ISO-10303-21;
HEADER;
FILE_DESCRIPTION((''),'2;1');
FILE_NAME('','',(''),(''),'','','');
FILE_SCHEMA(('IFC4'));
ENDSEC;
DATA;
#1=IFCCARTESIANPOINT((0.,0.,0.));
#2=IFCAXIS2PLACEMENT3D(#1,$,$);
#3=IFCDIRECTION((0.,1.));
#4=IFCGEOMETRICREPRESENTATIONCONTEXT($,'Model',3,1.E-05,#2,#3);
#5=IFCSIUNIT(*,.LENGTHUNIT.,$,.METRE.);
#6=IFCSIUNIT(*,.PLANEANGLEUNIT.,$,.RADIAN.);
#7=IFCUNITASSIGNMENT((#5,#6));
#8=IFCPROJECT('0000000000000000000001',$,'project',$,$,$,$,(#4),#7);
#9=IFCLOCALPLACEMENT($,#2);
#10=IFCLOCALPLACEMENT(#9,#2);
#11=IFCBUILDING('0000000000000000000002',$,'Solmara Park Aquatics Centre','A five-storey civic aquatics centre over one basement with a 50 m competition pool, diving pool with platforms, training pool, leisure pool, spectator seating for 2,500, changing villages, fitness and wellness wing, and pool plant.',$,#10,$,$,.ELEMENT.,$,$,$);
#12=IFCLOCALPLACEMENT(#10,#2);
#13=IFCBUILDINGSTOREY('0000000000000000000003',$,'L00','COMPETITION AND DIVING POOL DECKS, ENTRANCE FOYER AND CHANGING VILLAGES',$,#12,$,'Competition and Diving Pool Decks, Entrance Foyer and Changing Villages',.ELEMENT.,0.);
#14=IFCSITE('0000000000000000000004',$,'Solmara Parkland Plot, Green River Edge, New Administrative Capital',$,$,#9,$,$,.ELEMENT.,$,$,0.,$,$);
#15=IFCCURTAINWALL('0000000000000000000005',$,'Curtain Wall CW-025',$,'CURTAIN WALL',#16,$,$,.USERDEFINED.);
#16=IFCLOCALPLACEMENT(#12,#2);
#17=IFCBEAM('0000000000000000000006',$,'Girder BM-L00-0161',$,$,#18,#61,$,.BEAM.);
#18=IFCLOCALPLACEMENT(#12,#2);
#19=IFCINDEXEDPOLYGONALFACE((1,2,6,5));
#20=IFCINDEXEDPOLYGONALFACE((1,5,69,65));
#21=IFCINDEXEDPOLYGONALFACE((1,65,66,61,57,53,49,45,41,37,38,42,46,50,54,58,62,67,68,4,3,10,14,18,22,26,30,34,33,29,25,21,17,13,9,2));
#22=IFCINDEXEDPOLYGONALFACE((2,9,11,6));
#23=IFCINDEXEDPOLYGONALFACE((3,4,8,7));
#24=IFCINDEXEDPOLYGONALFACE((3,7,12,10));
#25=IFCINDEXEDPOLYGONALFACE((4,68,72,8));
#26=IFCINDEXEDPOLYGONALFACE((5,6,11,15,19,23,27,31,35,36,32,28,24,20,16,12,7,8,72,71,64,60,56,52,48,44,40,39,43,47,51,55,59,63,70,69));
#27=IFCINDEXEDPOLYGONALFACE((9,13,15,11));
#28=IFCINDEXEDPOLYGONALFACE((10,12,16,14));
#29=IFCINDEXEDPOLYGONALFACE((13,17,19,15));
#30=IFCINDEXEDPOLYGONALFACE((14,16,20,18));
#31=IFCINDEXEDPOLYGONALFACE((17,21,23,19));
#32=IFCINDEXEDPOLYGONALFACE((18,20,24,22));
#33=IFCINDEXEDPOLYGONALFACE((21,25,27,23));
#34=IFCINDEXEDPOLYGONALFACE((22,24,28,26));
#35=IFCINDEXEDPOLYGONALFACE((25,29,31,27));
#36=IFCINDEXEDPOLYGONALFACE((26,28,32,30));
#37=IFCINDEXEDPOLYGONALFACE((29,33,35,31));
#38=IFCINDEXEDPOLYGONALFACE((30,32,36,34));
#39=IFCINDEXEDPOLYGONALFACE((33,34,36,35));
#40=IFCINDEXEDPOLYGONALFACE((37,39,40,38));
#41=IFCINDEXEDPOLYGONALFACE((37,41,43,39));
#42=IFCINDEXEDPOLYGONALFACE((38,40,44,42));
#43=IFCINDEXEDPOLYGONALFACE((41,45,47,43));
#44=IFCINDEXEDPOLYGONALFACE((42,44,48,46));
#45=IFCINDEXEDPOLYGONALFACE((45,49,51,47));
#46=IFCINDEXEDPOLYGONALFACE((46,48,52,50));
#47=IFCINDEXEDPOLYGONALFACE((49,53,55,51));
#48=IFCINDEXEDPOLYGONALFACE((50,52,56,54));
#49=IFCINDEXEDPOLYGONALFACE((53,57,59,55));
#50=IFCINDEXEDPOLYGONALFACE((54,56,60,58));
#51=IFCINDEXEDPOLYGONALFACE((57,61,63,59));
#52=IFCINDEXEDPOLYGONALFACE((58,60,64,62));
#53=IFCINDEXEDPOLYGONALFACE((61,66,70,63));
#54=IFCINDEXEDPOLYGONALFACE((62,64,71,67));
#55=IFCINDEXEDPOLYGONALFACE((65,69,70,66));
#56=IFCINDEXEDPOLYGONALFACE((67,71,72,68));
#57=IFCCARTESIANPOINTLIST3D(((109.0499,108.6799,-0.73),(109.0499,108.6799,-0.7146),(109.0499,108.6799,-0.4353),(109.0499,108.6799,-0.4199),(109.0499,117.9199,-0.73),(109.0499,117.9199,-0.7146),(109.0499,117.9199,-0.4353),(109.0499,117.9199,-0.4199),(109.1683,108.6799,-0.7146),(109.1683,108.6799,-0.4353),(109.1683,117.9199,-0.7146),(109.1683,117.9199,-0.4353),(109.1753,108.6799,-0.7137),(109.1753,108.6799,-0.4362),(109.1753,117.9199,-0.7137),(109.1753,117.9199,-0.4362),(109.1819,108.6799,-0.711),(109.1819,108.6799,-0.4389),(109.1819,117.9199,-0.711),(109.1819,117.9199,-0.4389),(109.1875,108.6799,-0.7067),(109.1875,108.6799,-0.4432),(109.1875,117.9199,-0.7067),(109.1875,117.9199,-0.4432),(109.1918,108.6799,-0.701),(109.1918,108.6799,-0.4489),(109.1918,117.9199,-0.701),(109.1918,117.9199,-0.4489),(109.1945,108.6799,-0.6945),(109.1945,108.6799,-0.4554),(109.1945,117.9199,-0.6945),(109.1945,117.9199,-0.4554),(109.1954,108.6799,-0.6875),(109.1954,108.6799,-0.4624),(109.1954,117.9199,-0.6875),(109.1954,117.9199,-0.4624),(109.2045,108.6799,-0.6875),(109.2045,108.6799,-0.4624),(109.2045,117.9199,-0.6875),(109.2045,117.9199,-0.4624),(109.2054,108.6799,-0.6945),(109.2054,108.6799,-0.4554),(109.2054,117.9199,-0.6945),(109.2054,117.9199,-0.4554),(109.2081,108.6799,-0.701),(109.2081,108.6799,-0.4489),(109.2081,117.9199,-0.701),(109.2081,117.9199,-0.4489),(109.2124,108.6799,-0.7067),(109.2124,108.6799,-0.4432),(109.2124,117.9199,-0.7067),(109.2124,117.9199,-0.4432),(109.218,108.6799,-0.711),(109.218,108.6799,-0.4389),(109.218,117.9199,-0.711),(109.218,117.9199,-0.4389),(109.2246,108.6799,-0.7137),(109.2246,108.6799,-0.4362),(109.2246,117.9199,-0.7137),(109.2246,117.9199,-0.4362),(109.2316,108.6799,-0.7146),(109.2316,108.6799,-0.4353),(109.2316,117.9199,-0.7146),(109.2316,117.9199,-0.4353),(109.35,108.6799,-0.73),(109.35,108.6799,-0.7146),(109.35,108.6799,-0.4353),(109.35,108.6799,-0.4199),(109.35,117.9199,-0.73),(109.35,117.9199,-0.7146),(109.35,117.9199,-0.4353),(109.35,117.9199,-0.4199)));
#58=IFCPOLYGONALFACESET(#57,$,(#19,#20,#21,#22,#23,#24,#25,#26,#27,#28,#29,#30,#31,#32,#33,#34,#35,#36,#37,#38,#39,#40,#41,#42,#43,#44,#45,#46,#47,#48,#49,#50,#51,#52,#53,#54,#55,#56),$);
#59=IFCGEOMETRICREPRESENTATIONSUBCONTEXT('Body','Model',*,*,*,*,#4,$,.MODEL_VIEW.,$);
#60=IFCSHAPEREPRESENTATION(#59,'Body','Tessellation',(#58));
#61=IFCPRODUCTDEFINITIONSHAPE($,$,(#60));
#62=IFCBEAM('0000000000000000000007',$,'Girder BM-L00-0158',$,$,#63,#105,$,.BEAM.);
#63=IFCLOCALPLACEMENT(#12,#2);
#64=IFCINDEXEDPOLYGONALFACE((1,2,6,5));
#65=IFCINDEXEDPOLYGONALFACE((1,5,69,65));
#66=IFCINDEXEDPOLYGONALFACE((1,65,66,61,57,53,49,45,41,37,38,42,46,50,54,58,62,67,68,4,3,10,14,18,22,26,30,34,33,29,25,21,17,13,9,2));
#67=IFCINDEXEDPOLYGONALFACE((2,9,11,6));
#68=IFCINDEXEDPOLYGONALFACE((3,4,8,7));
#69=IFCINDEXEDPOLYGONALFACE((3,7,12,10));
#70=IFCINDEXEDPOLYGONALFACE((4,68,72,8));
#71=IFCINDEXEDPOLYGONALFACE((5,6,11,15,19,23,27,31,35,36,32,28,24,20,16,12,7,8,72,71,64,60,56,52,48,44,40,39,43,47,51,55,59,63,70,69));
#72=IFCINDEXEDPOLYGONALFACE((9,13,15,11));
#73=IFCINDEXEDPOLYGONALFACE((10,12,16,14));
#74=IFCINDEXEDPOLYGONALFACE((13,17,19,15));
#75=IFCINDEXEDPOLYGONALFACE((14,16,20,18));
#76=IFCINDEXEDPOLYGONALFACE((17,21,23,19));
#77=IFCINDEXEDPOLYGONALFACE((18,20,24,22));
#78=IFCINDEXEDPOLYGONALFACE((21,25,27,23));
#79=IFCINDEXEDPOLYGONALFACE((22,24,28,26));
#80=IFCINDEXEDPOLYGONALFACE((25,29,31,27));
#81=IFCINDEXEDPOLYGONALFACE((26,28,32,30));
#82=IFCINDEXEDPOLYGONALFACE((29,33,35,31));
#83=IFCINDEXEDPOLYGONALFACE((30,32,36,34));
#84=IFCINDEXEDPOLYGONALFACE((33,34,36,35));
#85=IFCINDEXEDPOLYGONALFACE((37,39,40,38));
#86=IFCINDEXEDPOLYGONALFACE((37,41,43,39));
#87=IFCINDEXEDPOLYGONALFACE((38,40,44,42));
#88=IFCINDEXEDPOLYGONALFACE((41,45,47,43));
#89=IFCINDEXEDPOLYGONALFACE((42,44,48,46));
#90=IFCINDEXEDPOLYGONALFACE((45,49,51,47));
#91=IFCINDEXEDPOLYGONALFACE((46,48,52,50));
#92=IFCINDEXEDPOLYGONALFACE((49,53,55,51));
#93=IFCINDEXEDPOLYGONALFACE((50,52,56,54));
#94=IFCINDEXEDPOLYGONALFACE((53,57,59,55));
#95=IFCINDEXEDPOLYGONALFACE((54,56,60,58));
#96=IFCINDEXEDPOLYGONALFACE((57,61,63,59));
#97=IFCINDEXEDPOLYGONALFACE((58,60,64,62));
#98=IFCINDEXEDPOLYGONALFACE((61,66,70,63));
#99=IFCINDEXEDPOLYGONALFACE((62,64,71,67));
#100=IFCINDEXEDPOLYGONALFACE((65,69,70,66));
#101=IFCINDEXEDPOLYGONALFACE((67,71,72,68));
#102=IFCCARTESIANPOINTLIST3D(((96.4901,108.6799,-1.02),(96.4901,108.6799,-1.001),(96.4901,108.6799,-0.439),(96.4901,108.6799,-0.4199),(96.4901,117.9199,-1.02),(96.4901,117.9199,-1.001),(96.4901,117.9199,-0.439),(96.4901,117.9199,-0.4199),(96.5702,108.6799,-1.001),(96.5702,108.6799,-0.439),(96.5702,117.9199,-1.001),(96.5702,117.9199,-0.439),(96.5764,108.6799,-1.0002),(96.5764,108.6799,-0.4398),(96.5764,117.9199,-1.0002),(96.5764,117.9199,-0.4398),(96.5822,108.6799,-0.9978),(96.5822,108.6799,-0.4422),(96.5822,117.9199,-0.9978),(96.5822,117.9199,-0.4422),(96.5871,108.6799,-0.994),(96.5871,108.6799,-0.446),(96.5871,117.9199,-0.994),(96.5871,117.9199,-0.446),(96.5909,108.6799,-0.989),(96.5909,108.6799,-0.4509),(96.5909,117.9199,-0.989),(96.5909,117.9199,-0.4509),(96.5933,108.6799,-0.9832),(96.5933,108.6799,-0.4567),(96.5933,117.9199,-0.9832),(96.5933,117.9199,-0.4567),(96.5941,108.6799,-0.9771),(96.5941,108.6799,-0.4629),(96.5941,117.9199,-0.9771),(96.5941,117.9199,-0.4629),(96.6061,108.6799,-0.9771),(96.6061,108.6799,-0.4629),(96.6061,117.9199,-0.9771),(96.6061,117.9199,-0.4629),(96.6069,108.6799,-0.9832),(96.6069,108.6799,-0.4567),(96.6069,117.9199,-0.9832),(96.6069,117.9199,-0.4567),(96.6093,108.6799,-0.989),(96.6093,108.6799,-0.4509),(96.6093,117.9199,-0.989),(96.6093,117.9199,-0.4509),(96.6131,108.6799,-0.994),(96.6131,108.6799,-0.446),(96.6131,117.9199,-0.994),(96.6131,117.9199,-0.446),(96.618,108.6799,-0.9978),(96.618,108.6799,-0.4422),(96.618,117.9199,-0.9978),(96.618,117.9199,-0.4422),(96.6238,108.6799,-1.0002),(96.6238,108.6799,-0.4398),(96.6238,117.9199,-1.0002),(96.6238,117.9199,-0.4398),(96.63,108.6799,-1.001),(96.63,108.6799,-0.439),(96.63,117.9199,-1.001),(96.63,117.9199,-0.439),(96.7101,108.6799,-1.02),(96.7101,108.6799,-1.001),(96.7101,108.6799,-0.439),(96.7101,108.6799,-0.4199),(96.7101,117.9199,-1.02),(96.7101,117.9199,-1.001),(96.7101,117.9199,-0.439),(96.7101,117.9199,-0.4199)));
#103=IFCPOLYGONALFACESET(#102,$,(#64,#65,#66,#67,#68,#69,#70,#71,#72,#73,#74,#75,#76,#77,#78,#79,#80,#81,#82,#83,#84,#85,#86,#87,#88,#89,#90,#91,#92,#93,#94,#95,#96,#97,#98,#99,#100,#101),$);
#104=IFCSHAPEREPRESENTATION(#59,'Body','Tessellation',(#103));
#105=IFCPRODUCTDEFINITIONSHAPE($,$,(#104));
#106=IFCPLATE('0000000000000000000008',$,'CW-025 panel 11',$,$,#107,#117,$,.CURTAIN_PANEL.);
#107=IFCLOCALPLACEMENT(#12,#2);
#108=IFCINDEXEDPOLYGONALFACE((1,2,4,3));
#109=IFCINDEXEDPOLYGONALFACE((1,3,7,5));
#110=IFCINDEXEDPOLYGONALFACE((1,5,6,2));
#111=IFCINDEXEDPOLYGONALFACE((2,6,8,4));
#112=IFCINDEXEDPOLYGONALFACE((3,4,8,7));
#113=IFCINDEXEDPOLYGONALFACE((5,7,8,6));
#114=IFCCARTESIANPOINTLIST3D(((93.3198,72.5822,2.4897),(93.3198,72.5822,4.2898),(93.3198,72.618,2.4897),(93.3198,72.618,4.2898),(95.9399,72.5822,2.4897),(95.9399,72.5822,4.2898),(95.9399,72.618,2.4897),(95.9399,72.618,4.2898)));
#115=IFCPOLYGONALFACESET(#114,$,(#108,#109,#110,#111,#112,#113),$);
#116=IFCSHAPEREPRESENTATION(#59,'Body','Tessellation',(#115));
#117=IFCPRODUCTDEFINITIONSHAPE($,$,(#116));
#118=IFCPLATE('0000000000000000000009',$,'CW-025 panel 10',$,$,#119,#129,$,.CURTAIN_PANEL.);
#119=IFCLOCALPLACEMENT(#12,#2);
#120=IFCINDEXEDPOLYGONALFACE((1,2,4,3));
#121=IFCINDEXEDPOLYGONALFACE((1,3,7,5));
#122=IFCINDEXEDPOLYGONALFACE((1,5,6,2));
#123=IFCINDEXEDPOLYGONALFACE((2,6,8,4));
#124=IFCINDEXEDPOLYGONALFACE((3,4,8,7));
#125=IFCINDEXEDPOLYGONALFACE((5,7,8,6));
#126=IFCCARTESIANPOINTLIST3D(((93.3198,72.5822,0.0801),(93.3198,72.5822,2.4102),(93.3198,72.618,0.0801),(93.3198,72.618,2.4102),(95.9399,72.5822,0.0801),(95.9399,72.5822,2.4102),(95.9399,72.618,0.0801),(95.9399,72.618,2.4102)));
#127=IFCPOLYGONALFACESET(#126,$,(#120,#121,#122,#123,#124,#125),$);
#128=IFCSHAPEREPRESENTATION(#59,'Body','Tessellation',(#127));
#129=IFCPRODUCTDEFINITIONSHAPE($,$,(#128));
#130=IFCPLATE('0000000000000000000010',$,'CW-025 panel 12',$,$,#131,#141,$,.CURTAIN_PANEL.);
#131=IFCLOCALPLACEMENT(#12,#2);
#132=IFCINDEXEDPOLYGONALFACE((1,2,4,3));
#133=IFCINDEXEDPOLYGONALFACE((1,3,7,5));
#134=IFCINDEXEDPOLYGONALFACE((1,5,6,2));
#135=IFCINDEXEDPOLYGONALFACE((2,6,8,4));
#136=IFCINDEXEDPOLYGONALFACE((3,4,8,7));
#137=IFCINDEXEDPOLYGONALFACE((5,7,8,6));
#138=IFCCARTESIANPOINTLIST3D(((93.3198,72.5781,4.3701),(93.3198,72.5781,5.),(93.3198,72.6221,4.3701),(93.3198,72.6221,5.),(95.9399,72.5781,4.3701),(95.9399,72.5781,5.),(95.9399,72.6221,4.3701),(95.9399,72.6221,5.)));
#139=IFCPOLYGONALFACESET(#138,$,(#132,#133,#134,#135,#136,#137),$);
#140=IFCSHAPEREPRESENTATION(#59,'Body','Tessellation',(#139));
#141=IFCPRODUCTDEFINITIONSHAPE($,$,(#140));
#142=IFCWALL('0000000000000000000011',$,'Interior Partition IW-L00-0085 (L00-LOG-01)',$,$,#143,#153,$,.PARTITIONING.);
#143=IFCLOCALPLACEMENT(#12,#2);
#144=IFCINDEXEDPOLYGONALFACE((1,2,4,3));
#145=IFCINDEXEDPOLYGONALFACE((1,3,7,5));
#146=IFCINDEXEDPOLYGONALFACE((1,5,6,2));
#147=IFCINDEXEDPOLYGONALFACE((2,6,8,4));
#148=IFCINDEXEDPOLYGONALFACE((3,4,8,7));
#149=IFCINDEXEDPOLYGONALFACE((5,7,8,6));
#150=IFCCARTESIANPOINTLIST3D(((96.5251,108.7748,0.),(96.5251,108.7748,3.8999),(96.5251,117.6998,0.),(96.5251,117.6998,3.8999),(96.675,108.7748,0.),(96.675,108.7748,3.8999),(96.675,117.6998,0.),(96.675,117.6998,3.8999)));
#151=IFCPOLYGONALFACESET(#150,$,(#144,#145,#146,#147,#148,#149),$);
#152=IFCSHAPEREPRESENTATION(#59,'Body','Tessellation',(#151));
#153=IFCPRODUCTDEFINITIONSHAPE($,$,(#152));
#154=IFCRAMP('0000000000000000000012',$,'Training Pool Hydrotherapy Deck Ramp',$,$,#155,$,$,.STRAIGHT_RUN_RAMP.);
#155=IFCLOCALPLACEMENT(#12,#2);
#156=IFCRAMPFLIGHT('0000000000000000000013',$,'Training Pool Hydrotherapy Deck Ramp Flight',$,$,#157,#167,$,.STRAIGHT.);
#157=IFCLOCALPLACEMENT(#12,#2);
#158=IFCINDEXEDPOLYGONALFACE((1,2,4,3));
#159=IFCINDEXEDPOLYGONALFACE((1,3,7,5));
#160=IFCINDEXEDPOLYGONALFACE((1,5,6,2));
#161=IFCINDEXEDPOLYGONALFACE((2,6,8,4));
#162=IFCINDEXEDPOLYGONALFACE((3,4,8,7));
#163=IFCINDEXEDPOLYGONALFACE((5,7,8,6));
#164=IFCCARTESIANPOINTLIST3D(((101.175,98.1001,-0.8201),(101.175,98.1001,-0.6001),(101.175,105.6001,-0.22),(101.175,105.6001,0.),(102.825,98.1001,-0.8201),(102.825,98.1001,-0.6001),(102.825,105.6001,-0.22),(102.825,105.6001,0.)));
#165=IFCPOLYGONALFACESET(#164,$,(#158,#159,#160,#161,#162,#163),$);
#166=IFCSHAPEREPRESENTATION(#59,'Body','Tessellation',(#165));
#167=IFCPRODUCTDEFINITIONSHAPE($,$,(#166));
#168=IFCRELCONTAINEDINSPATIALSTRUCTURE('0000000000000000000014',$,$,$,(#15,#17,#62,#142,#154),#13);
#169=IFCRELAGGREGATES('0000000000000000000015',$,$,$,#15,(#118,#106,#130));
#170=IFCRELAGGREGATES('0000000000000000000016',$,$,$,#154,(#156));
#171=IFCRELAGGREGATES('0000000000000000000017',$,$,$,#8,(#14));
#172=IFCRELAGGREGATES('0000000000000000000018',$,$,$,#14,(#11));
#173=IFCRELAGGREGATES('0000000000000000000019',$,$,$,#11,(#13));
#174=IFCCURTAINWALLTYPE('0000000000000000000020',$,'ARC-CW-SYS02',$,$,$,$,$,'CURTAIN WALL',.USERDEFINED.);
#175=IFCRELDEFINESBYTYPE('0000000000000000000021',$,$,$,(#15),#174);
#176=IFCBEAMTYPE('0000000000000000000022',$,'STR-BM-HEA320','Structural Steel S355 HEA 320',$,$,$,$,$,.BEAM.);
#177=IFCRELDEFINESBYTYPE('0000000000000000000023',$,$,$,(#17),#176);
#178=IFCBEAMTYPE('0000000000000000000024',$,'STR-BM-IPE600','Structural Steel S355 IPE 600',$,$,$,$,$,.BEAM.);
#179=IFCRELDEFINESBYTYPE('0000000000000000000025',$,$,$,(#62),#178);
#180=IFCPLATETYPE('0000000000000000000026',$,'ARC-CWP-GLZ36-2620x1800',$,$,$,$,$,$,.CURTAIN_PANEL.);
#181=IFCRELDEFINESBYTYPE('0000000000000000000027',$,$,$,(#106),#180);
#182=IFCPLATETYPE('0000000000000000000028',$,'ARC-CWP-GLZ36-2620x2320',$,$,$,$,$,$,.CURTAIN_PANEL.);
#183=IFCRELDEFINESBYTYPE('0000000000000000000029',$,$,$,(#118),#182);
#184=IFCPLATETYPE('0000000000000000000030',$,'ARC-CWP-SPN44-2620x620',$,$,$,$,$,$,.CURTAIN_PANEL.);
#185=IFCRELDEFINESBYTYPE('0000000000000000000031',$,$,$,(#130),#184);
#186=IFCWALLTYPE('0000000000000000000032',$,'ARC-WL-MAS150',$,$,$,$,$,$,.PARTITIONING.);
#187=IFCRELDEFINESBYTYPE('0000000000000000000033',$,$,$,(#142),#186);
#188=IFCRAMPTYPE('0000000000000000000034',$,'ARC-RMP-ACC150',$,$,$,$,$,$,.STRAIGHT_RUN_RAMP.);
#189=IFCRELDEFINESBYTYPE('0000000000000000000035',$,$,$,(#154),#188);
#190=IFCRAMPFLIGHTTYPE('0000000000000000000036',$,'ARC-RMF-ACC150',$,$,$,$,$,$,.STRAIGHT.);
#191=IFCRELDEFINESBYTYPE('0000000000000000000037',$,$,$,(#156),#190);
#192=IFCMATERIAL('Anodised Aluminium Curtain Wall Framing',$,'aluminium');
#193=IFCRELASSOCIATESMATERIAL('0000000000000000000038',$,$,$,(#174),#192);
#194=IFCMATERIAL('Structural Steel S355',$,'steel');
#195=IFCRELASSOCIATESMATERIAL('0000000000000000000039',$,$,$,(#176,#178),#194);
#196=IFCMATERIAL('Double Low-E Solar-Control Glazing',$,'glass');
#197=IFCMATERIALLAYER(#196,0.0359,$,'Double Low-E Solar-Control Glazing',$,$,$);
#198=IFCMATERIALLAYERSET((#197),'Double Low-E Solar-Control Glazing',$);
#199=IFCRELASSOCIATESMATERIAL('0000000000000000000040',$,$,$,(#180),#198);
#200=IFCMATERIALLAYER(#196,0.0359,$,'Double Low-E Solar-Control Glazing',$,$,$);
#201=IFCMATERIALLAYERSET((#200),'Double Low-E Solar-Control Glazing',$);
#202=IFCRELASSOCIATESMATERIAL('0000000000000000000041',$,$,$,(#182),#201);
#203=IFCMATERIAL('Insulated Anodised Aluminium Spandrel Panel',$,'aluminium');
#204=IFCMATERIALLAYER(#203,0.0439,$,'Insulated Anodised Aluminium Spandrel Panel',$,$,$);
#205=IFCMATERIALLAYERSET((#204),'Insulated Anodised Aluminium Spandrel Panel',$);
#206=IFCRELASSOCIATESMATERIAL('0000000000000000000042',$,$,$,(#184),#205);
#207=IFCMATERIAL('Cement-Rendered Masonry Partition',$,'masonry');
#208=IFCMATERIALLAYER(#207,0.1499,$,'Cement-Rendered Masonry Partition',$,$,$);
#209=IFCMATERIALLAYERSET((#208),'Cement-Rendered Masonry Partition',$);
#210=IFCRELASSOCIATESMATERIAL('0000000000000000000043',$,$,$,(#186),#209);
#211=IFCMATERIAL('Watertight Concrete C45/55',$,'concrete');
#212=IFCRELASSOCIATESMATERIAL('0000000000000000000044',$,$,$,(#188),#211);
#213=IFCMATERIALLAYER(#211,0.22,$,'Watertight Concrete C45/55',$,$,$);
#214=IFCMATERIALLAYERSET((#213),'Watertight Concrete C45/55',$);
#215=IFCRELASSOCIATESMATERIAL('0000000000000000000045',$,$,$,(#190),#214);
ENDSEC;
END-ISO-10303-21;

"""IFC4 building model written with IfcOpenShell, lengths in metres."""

from ifc_helpers import new_model, si_unit, direction, frame, frame_2d, origin, origin_2d, place, context, subcontext, project, spatial, polyline, rectangle, i_section, outline, extrude, material, layer, layer_set, material_profile, profile_set, type_object, element, aggregate, save


model = new_model("IFC4")

# Units and contexts
model_context = context("Model", 3, precision=1e-05, world=origin(), true_north=direction((0.0, 1.0)))
body_context = subcontext(model_context, "Body", "Model", "MODEL_VIEW")
ifc_project = project(units=[si_unit("LENGTHUNIT", "METRE"), si_unit("PLANEANGLEUNIT", "RADIAN")], contexts=[model_context])

# Site, building, storey
site_placement = place(None, origin())
site = spatial("IfcSite", under=ifc_project, at=site_placement, Name="Solmara Parkland Plot, Green River Edge, New Administrative Capital", CompositionType="ELEMENT", RefElevation=0.0)
building_placement = place(site_placement, origin())
building = spatial("IfcBuilding", under=site, at=building_placement, Name="Solmara Park Aquatics Centre", Description="A five-storey civic aquatics centre over one basement with a 50 m competition pool, diving pool with platforms, training pool, leisure pool, spectator seating for 2,500, changing villages, fitness and wellness wing, and pool plant.", CompositionType="ELEMENT")
storey_placement = place(building_placement, origin())
storey = spatial("IfcBuildingStorey", under=building, at=storey_placement, Name="L00", Description="COMPETITION AND DIVING POOL DECKS, ENTRANCE FOYER AND CHANGING VILLAGES", LongName="Competition and Diving Pool Decks, Entrance Foyer and Changing Villages", CompositionType="ELEMENT", Elevation=0.0)

# Shared definitions
ifc_material_1 = material(Name="Structural Steel S355", Category="steel")

# Curtain wall
ifc_material_2 = material(Name="Anodised Aluminium Curtain Wall Framing", Category="aluminium")
curtain_wall_type = type_object("IfcCurtainWallType", Name="ARC-CW-SYS02", ElementType="CURTAIN WALL", PredefinedType="USERDEFINED", material=ifc_material_2)
curtain_wall_placement = place(storey_placement, origin())
curtain_wall = element("IfcCurtainWall", 1, at=curtain_wall_placement, inside=storey, type_object=curtain_wall_type, Name="Curtain Wall CW-025", ObjectType="CURTAIN WALL", PredefinedType="USERDEFINED")

# Beams
ifc_material_profile_1 = material_profile(ifc_material_1, i_section(OverallWidth=0.3, OverallDepth=0.3101, WebThickness=0.009, FlangeThickness=0.0154, FilletRadius=0.0271, at=origin_2d()), Name="HEA 320")
ifc_profile_set_1 = profile_set([ifc_material_profile_1], Name="Structural Steel S355")
beam_type_1 = type_object("IfcBeamType", Name="STR-BM-HEA320", Description="Structural Steel S355 HEA 320", PredefinedType="BEAM", material=ifc_profile_set_1)
beam_1_placement = place(storey_placement, frame((109.2, 108.6799, -0.575), z_axis=(0.0, 1.0, 0.0), x_axis=(-1.0, 0.0, 0.0)))
element("IfcBeam", 2, at=beam_1_placement, inside=storey, type_object=beam_type_1, Name="Girder BM-L00-0161", PredefinedType="BEAM", context=body_context, shape_type="SweptSolid", body=[
    extrude(i_section(OverallWidth=0.3, OverallDepth=0.3101, WebThickness=0.009, FlangeThickness=0.0154, FilletRadius=0.0271, at=origin_2d()), origin(), (0.0, 0.0, 1.0), 9.24),
])
ifc_material_profile_2 = material_profile(ifc_material_1, i_section(OverallWidth=0.22, OverallDepth=0.6001, WebThickness=0.012, FlangeThickness=0.019, FilletRadius=0.0239, at=origin_2d()), Name="IPE 600")
ifc_profile_set_2 = profile_set([ifc_material_profile_2], Name="Structural Steel S355")
beam_type_2 = type_object("IfcBeamType", Name="STR-BM-IPE600", Description="Structural Steel S355 IPE 600", PredefinedType="BEAM", material=ifc_profile_set_2)
beam_2_placement = place(storey_placement, frame((96.6001, 108.6799, -0.72), z_axis=(0.0, 1.0, 0.0), x_axis=(-1.0, 0.0, 0.0)))
element("IfcBeam", 3, at=beam_2_placement, inside=storey, type_object=beam_type_2, Name="Girder BM-L00-0158", PredefinedType="BEAM", context=body_context, shape_type="SweptSolid", body=[
    extrude(i_section(OverallWidth=0.22, OverallDepth=0.6001, WebThickness=0.012, FlangeThickness=0.019, FilletRadius=0.0239, at=origin_2d()), origin(), (0.0, 0.0, 1.0), 9.24),
])

# Plates
ifc_material_3 = material(Name="Double Low-E Solar-Control Glazing", Category="glass")
ifc_layer_1 = layer(ifc_material_3, 0.0359, Name="Double Low-E Solar-Control Glazing")
ifc_layer_set_1 = layer_set([ifc_layer_1], Name="Double Low-E Solar-Control Glazing")
plate_type_1 = type_object("IfcPlateType", Name="ARC-CWP-GLZ36-2620x1800", PredefinedType="CURTAIN_PANEL", material=ifc_layer_set_1)
plate_1_placement = place(storey_placement, frame((94.6299, 72.6001, 2.4897), z_axis=(0.0, 0.0, 1.0), x_axis=(1.0, 0.0, 0.0)))
plate_1 = element("IfcPlate", 4, at=plate_1_placement, type_object=plate_type_1, Name="CW-025 panel 11", PredefinedType="CURTAIN_PANEL", context=body_context, shape_type="SweptSolid", body=[
    extrude(rectangle(XDim=2.6201, YDim=0.0359, at=origin_2d()), origin(), (0.0, 0.0, 1.0), 1.8),
])
ifc_layer_2 = layer(ifc_material_3, 0.0359, Name="Double Low-E Solar-Control Glazing")
ifc_layer_set_2 = layer_set([ifc_layer_2], Name="Double Low-E Solar-Control Glazing")
plate_type_2 = type_object("IfcPlateType", Name="ARC-CWP-GLZ36-2620x2320", PredefinedType="CURTAIN_PANEL", material=ifc_layer_set_2)
plate_2_placement = place(storey_placement, frame((94.6299, 72.6001, 0.0801), z_axis=(0.0, 0.0, 1.0), x_axis=(1.0, 0.0, 0.0)))
plate_2 = element("IfcPlate", 5, at=plate_2_placement, type_object=plate_type_2, Name="CW-025 panel 10", PredefinedType="CURTAIN_PANEL", context=body_context, shape_type="SweptSolid", body=[
    extrude(rectangle(XDim=2.6201, YDim=0.0359, at=origin_2d()), origin(), (0.0, 0.0, 1.0), 2.3301),
])
ifc_material_4 = material(Name="Insulated Anodised Aluminium Spandrel Panel", Category="aluminium")
ifc_layer_3 = layer(ifc_material_4, 0.0439, Name="Insulated Anodised Aluminium Spandrel Panel")
ifc_layer_set_3 = layer_set([ifc_layer_3], Name="Insulated Anodised Aluminium Spandrel Panel")
plate_type_3 = type_object("IfcPlateType", Name="ARC-CWP-SPN44-2620x620", PredefinedType="CURTAIN_PANEL", material=ifc_layer_set_3)
plate_3_placement = place(storey_placement, frame((94.6299, 72.6001, 4.3701), z_axis=(0.0, 0.0, 1.0), x_axis=(1.0, 0.0, 0.0)))
plate_3 = element("IfcPlate", 6, at=plate_3_placement, type_object=plate_type_3, Name="CW-025 panel 12", PredefinedType="CURTAIN_PANEL", context=body_context, shape_type="SweptSolid", body=[
    extrude(rectangle(XDim=2.6201, YDim=0.0439, at=origin_2d()), origin(), (0.0, 0.0, 1.0), 0.6299),
])
aggregate(curtain_wall, [plate_2, plate_1, plate_3])

# Wall
ifc_material_5 = material(Name="Cement-Rendered Masonry Partition", Category="masonry")
ifc_layer_4 = layer(ifc_material_5, 0.1499, Name="Cement-Rendered Masonry Partition")
ifc_layer_set_4 = layer_set([ifc_layer_4], Name="Cement-Rendered Masonry Partition")
wall_type = type_object("IfcWallType", Name="ARC-WL-MAS150", PredefinedType="PARTITIONING", material=ifc_layer_set_4)
wall_placement = place(storey_placement, frame((96.6001, 108.7749, 0.0), z_axis=(0.0, 0.0, 1.0), x_axis=(0.0, 1.0, 0.0)))
element("IfcWall", 7, at=wall_placement, inside=storey, type_object=wall_type, Name="Interior Partition IW-L00-0085 (L00-LOG-01)", PredefinedType="PARTITIONING", context=body_context, shape_type="SweptSolid", body=[
    extrude(rectangle(XDim=8.925, YDim=0.1499, at=frame_2d((4.4624, 0.0))), origin(), (0.0, 0.0, 1.0), 3.8999),
])

# Ramp, ramp flight
ifc_material_6 = material(Name="Watertight Concrete C45/55", Category="concrete")
ramp_type = type_object("IfcRampType", Name="ARC-RMP-ACC150", PredefinedType="STRAIGHT_RUN_RAMP", material=ifc_material_6)
ramp_placement = place(storey_placement, origin())
ramp = element("IfcRamp", 8, at=ramp_placement, inside=storey, type_object=ramp_type, Name="Training Pool Hydrotherapy Deck Ramp", PredefinedType="STRAIGHT_RUN_RAMP")
ifc_layer_5 = layer(ifc_material_6, 0.22, Name="Watertight Concrete C45/55")
ifc_layer_set_5 = layer_set([ifc_layer_5], Name="Watertight Concrete C45/55")
ramp_flight_type = type_object("IfcRampFlightType", Name="ARC-RMF-ACC150", PredefinedType="STRAIGHT", material=ifc_layer_set_5)
ramp_flight_placement = place(storey_placement, frame((102.0, 98.1001, -0.6001), z_axis=(0.0, 0.0, 1.0), x_axis=(0.0, 1.0, 0.0)))
ramp_flight = element("IfcRampFlight", 9, at=ramp_flight_placement, type_object=ramp_flight_type, Name="Training Pool Hydrotherapy Deck Ramp Flight", PredefinedType="STRAIGHT", context=body_context, shape_type="SweptSolid", body=[
    extrude(outline(polyline([(0.0, 0.0), (0.0, -0.22), (7.5, 0.3801), (7.5, 0.6001), (0.0, 0.0)])), frame((0.0, 0.825, 0.0), z_axis=(0.0, -1.0, 0.0), x_axis=(1.0, 0.0, 0.0)), (0.0, 0.0, 1.0), 1.6499),
])
aggregate(ramp, [ramp_flight])

save(model, "model.ifc")
